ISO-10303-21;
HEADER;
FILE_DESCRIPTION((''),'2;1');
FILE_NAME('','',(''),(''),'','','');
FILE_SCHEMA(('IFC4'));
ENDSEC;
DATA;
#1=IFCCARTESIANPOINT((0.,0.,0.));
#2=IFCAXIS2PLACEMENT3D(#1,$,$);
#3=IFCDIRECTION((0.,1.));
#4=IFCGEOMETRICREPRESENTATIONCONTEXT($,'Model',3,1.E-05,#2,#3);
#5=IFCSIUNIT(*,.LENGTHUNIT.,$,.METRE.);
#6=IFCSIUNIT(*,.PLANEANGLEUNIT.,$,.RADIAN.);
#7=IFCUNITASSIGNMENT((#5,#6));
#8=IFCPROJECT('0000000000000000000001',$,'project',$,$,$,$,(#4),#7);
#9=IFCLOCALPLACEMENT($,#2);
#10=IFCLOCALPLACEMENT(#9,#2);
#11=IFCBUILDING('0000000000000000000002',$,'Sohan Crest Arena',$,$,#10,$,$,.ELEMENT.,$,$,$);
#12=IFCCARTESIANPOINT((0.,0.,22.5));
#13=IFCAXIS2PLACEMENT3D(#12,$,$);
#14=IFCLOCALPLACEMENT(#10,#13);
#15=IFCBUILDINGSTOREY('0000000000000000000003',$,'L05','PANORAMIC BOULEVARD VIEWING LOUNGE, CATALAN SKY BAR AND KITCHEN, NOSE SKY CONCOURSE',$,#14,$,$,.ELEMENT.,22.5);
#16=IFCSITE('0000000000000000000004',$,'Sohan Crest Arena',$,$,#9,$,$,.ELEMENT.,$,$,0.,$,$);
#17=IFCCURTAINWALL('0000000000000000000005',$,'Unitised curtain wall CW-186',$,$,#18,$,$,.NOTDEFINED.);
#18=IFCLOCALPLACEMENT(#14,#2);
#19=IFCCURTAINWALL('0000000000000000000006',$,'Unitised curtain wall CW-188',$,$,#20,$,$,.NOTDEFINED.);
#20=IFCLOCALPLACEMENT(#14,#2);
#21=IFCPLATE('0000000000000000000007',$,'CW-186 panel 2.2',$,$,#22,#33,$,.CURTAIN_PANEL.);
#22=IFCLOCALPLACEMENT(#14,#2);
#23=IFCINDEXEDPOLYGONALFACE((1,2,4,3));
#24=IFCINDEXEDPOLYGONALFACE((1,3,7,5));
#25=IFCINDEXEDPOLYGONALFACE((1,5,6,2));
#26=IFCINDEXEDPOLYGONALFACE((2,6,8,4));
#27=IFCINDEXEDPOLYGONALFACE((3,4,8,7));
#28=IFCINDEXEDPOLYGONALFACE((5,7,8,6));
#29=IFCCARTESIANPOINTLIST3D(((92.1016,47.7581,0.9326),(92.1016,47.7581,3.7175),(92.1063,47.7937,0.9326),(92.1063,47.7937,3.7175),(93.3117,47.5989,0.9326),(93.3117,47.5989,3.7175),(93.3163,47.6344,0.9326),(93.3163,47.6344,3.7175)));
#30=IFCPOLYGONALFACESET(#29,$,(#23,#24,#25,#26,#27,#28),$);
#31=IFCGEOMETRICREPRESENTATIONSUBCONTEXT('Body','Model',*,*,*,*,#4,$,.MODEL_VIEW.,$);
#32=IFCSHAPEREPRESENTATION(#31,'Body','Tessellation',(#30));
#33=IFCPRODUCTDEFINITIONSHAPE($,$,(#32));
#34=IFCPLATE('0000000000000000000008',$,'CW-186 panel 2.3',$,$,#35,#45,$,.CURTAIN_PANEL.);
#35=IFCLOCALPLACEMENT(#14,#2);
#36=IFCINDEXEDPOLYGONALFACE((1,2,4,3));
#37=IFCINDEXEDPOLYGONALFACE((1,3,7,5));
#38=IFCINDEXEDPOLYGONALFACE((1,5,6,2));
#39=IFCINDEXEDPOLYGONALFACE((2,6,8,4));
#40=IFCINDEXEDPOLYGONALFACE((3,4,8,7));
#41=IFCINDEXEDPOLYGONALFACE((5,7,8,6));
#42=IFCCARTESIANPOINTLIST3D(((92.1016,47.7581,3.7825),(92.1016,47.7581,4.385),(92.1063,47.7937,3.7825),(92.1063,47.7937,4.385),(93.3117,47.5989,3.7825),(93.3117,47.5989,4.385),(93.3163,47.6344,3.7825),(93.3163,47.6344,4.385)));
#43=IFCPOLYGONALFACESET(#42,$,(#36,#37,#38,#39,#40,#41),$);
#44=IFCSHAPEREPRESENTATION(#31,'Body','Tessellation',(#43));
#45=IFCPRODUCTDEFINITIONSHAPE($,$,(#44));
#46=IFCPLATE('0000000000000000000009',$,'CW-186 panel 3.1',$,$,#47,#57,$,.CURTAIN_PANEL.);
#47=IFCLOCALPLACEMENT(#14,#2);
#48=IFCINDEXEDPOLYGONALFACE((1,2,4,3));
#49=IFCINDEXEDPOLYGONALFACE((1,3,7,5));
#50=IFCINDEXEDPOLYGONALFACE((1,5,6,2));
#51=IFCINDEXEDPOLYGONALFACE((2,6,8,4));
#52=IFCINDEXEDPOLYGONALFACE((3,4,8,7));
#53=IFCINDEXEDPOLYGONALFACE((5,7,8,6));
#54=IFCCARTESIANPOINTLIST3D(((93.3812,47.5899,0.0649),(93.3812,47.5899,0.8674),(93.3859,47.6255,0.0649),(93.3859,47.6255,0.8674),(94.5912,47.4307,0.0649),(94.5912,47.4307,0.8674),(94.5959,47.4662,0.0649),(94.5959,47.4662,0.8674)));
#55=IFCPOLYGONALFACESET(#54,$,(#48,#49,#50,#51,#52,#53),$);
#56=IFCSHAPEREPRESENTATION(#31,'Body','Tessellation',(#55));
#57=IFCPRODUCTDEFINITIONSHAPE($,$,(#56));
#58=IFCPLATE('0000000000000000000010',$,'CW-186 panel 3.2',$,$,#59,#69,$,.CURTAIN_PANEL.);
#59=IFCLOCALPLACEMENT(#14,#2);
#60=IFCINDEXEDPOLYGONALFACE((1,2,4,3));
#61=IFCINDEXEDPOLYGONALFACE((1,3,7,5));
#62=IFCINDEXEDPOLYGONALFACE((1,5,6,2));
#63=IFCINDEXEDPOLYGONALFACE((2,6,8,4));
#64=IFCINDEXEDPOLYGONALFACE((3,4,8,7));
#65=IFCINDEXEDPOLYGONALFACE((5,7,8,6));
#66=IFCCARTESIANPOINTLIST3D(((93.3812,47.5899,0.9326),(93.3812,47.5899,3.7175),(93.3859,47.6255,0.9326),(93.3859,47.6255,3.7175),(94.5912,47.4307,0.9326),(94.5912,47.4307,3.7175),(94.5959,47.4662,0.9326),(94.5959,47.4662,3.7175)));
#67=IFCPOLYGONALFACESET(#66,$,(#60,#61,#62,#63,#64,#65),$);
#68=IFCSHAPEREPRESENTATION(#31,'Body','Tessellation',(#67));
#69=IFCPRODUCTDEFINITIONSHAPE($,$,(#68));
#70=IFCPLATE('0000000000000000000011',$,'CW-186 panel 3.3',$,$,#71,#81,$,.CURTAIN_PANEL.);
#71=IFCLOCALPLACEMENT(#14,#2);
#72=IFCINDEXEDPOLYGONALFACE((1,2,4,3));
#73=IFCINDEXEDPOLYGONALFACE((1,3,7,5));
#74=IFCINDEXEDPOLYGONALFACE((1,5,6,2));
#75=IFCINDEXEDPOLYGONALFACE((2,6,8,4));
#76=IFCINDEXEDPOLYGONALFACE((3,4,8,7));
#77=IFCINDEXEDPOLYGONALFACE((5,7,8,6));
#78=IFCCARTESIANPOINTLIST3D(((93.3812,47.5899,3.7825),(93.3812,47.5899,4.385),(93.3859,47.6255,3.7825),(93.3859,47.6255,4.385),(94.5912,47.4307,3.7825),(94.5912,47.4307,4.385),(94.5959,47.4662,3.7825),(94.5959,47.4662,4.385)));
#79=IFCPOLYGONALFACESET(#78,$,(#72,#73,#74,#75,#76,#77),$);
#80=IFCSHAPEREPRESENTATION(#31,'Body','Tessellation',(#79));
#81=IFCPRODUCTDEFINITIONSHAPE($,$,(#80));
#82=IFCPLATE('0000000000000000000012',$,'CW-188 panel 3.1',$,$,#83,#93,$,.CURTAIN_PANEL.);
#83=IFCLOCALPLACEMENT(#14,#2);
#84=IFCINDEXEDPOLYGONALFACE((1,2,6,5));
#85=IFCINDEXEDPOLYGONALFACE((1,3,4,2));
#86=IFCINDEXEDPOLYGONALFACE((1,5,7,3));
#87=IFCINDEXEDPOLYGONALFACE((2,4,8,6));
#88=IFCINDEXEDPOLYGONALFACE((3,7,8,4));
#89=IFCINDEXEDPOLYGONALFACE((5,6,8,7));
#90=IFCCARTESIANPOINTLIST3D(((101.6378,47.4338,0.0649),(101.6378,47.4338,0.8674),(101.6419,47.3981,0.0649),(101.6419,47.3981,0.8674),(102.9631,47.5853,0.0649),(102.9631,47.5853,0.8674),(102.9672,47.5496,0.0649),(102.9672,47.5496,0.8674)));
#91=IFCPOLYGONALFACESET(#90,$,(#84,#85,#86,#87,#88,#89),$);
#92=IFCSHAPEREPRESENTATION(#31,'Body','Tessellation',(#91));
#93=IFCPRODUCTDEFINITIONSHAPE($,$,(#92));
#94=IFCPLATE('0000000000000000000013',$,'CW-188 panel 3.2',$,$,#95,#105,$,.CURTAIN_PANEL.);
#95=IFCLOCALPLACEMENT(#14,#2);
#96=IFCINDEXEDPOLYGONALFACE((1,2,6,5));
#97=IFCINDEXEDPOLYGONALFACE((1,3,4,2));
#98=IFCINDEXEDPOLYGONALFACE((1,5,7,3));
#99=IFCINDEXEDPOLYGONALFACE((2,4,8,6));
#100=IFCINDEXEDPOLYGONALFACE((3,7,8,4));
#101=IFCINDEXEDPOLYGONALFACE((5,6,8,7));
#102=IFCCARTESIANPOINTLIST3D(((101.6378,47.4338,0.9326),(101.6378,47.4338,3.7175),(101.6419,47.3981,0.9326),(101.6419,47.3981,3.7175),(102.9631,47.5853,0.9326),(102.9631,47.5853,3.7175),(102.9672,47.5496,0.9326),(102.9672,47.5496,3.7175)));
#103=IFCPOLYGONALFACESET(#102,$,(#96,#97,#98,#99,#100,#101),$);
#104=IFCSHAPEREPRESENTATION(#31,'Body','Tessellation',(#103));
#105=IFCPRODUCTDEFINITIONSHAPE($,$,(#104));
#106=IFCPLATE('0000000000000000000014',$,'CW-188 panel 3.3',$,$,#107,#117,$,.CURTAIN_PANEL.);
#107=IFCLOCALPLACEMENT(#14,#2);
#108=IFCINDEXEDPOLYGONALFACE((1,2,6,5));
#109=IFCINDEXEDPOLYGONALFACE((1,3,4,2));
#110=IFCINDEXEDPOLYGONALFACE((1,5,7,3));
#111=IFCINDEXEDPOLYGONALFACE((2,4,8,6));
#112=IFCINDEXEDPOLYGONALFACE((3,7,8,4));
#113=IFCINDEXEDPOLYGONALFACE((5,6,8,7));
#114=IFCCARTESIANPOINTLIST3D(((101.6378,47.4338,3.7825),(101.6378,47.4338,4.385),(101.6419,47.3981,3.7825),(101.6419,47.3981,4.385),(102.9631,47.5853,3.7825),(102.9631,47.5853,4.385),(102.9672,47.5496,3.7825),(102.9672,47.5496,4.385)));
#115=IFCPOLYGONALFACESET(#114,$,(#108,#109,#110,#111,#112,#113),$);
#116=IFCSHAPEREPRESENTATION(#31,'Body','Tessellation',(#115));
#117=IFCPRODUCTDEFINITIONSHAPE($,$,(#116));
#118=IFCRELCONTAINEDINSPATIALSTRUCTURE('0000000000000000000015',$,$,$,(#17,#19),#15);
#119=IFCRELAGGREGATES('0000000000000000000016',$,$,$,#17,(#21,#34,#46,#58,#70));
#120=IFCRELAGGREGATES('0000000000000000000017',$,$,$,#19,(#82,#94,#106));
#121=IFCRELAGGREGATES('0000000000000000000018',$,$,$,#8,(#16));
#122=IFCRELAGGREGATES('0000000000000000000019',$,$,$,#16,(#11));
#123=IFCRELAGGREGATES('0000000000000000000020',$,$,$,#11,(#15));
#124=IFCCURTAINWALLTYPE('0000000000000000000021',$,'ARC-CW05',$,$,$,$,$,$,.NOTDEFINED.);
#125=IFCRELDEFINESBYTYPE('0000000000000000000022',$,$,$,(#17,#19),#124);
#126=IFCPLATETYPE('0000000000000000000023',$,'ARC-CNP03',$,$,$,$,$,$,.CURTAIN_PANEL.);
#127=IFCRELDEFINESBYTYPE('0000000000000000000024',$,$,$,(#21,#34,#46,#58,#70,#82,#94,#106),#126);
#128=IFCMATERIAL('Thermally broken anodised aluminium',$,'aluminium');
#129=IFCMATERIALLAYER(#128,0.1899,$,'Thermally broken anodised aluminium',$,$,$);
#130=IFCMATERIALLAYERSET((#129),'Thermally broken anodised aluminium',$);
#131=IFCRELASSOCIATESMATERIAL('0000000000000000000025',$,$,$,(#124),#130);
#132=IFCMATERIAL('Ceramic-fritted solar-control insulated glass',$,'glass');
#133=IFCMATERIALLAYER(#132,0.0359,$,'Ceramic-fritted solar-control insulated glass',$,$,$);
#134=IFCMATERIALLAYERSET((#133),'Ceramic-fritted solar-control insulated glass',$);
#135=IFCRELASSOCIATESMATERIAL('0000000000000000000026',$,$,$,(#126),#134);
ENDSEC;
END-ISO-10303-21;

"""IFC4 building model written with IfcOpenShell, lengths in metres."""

from ifc_helpers import new_model, si_unit, direction, frame, origin, origin_2d, place, context, subcontext, project, spatial, rectangle, extrude, material, layer, layer_set, type_object, element, aggregate, save


model = new_model("IFC4")

# Units and contexts
model_context = context("Model", 3, precision=1e-05, world=origin(), true_north=direction((0.0, 1.0)))
body_context = subcontext(model_context, "Body", "Model", "MODEL_VIEW")
ifc_project = project(units=[si_unit("LENGTHUNIT", "METRE"), si_unit("PLANEANGLEUNIT", "RADIAN")], contexts=[model_context])

# Site, building, storey
site_placement = place(None, origin())
site = spatial("IfcSite", under=ifc_project, at=site_placement, Name="Sohan Crest Arena", CompositionType="ELEMENT", RefElevation=0.0)
building_placement = place(site_placement, origin())
building = spatial("IfcBuilding", under=site, at=building_placement, Name="Sohan Crest Arena", CompositionType="ELEMENT")
storey_placement = place(building_placement, frame((0.0, 0.0, 22.5)))
storey = spatial("IfcBuildingStorey", under=building, at=storey_placement, Name="L05", Description="PANORAMIC BOULEVARD VIEWING LOUNGE, CATALAN SKY BAR AND KITCHEN, NOSE SKY CONCOURSE", CompositionType="ELEMENT", Elevation=22.5)

# Curtain wall
ifc_material_1 = material(Name="Thermally broken anodised aluminium", Category="aluminium")
ifc_layer_1 = layer(ifc_material_1, 0.1899, Name="Thermally broken anodised aluminium")
ifc_layer_set_1 = layer_set([ifc_layer_1], Name="Thermally broken anodised aluminium")
curtain_wall_type = type_object("IfcCurtainWallType", Name="ARC-CW05", PredefinedType="NOTDEFINED", material=ifc_layer_set_1)
curtain_wall_1_placement = place(storey_placement, origin())
curtain_wall_1 = element("IfcCurtainWall", 1, at=curtain_wall_1_placement, inside=storey, type_object=curtain_wall_type, Name="Unitised curtain wall CW-186", PredefinedType="NOTDEFINED")

# Curtain wall
curtain_wall_2_placement = place(storey_placement, origin())
curtain_wall_2 = element("IfcCurtainWall", 2, at=curtain_wall_2_placement, inside=storey, type_object=curtain_wall_type, Name="Unitised curtain wall CW-188", PredefinedType="NOTDEFINED")

# Plates
ifc_material_2 = material(Name="Ceramic-fritted solar-control insulated glass", Category="glass")
ifc_layer_2 = layer(ifc_material_2, 0.0359, Name="Ceramic-fritted solar-control insulated glass")
ifc_layer_set_2 = layer_set([ifc_layer_2], Name="Ceramic-fritted solar-control insulated glass")
plate_type = type_object("IfcPlateType", Name="ARC-CNP03", PredefinedType="CURTAIN_PANEL", material=ifc_layer_set_2)
plate_1_placement = place(storey_placement, frame((92.709, 47.6963, 0.9326), z_axis=(0.0, 0.0, 1.0), x_axis=(0.991448, -0.130499, 0.0)))
plate_1 = element("IfcPlate", 3, at=plate_1_placement, type_object=plate_type, Name="CW-186 panel 2.2", PredefinedType="CURTAIN_PANEL", context=body_context, shape_type="SweptSolid", body=[
    extrude(rectangle(XDim=1.2205, YDim=0.0359, at=origin_2d()), origin(), (0.0, 0.0, 1.0), 2.7849),
])
plate_2_placement = place(storey_placement, frame((92.709, 47.6963, 3.7825), z_axis=(0.0, 0.0, 1.0), x_axis=(0.991448, -0.130499, 0.0)))
plate_2 = element("IfcPlate", 4, at=plate_2_placement, type_object=plate_type, Name="CW-186 panel 2.3", PredefinedType="CURTAIN_PANEL", context=body_context, shape_type="SweptSolid", body=[
    extrude(rectangle(XDim=1.2205, YDim=0.0359, at=origin_2d()), origin(), (0.0, 0.0, 1.0), 0.6025),
])
plate_3_placement = place(storey_placement, frame((93.9885, 47.5281, 0.0649), z_axis=(0.0, 0.0, 1.0), x_axis=(0.991448, -0.130499, 0.0)))
plate_3 = element("IfcPlate", 5, at=plate_3_placement, type_object=plate_type, Name="CW-186 panel 3.1", PredefinedType="CURTAIN_PANEL", context=body_context, shape_type="SweptSolid", body=[
    extrude(rectangle(XDim=1.2205, YDim=0.0359, at=origin_2d()), origin(), (0.0, 0.0, 1.0), 0.8025),
])
plate_4_placement = place(storey_placement, frame((93.9885, 47.5281, 0.9326), z_axis=(0.0, 0.0, 1.0), x_axis=(0.991448, -0.130499, 0.0)))
plate_4 = element("IfcPlate", 6, at=plate_4_placement, type_object=plate_type, Name="CW-186 panel 3.2", PredefinedType="CURTAIN_PANEL", context=body_context, shape_type="SweptSolid", body=[
    extrude(rectangle(XDim=1.2205, YDim=0.0359, at=origin_2d()), origin(), (0.0, 0.0, 1.0), 2.7849),
])
plate_5_placement = place(storey_placement, frame((93.9885, 47.5281, 3.7825), z_axis=(0.0, 0.0, 1.0), x_axis=(0.991448, -0.130499, 0.0)))
plate_5 = element("IfcPlate", 7, at=plate_5_placement, type_object=plate_type, Name="CW-186 panel 3.3", PredefinedType="CURTAIN_PANEL", context=body_context, shape_type="SweptSolid", body=[
    extrude(rectangle(XDim=1.2205, YDim=0.0359, at=origin_2d()), origin(), (0.0, 0.0, 1.0), 0.6025),
])
aggregate(curtain_wall_1, [plate_1, plate_2, plate_3, plate_4, plate_5])
plate_6_placement = place(storey_placement, frame((102.3025, 47.4917, 0.0649), z_axis=(0.0, 0.0, 1.0), x_axis=(0.993527, 0.113597, 0.0)))
plate_6 = element("IfcPlate", 8, at=plate_6_placement, type_object=plate_type, Name="CW-188 panel 3.1", PredefinedType="CURTAIN_PANEL", context=body_context, shape_type="SweptSolid", body=[
    extrude(rectangle(XDim=1.334, YDim=0.0359, at=origin_2d()), origin(), (0.0, 0.0, 1.0), 0.8025),
])
plate_7_placement = place(storey_placement, frame((102.3025, 47.4917, 0.9326), z_axis=(0.0, 0.0, 1.0), x_axis=(0.993527, 0.113597, 0.0)))
plate_7 = element("IfcPlate", 9, at=plate_7_placement, type_object=plate_type, Name="CW-188 panel 3.2", PredefinedType="CURTAIN_PANEL", context=body_context, shape_type="SweptSolid", body=[
    extrude(rectangle(XDim=1.334, YDim=0.0359, at=origin_2d()), origin(), (0.0, 0.0, 1.0), 2.7849),
])
plate_8_placement = place(storey_placement, frame((102.3025, 47.4917, 3.7825), z_axis=(0.0, 0.0, 1.0), x_axis=(0.993527, 0.113597, 0.0)))
plate_8 = element("IfcPlate", 10, at=plate_8_placement, type_object=plate_type, Name="CW-188 panel 3.3", PredefinedType="CURTAIN_PANEL", context=body_context, shape_type="SweptSolid", body=[
    extrude(rectangle(XDim=1.334, YDim=0.0359, at=origin_2d()), origin(), (0.0, 0.0, 1.0), 0.6025),
])
aggregate(curtain_wall_2, [plate_6, plate_7, plate_8])

save(model, "model.ifc")
